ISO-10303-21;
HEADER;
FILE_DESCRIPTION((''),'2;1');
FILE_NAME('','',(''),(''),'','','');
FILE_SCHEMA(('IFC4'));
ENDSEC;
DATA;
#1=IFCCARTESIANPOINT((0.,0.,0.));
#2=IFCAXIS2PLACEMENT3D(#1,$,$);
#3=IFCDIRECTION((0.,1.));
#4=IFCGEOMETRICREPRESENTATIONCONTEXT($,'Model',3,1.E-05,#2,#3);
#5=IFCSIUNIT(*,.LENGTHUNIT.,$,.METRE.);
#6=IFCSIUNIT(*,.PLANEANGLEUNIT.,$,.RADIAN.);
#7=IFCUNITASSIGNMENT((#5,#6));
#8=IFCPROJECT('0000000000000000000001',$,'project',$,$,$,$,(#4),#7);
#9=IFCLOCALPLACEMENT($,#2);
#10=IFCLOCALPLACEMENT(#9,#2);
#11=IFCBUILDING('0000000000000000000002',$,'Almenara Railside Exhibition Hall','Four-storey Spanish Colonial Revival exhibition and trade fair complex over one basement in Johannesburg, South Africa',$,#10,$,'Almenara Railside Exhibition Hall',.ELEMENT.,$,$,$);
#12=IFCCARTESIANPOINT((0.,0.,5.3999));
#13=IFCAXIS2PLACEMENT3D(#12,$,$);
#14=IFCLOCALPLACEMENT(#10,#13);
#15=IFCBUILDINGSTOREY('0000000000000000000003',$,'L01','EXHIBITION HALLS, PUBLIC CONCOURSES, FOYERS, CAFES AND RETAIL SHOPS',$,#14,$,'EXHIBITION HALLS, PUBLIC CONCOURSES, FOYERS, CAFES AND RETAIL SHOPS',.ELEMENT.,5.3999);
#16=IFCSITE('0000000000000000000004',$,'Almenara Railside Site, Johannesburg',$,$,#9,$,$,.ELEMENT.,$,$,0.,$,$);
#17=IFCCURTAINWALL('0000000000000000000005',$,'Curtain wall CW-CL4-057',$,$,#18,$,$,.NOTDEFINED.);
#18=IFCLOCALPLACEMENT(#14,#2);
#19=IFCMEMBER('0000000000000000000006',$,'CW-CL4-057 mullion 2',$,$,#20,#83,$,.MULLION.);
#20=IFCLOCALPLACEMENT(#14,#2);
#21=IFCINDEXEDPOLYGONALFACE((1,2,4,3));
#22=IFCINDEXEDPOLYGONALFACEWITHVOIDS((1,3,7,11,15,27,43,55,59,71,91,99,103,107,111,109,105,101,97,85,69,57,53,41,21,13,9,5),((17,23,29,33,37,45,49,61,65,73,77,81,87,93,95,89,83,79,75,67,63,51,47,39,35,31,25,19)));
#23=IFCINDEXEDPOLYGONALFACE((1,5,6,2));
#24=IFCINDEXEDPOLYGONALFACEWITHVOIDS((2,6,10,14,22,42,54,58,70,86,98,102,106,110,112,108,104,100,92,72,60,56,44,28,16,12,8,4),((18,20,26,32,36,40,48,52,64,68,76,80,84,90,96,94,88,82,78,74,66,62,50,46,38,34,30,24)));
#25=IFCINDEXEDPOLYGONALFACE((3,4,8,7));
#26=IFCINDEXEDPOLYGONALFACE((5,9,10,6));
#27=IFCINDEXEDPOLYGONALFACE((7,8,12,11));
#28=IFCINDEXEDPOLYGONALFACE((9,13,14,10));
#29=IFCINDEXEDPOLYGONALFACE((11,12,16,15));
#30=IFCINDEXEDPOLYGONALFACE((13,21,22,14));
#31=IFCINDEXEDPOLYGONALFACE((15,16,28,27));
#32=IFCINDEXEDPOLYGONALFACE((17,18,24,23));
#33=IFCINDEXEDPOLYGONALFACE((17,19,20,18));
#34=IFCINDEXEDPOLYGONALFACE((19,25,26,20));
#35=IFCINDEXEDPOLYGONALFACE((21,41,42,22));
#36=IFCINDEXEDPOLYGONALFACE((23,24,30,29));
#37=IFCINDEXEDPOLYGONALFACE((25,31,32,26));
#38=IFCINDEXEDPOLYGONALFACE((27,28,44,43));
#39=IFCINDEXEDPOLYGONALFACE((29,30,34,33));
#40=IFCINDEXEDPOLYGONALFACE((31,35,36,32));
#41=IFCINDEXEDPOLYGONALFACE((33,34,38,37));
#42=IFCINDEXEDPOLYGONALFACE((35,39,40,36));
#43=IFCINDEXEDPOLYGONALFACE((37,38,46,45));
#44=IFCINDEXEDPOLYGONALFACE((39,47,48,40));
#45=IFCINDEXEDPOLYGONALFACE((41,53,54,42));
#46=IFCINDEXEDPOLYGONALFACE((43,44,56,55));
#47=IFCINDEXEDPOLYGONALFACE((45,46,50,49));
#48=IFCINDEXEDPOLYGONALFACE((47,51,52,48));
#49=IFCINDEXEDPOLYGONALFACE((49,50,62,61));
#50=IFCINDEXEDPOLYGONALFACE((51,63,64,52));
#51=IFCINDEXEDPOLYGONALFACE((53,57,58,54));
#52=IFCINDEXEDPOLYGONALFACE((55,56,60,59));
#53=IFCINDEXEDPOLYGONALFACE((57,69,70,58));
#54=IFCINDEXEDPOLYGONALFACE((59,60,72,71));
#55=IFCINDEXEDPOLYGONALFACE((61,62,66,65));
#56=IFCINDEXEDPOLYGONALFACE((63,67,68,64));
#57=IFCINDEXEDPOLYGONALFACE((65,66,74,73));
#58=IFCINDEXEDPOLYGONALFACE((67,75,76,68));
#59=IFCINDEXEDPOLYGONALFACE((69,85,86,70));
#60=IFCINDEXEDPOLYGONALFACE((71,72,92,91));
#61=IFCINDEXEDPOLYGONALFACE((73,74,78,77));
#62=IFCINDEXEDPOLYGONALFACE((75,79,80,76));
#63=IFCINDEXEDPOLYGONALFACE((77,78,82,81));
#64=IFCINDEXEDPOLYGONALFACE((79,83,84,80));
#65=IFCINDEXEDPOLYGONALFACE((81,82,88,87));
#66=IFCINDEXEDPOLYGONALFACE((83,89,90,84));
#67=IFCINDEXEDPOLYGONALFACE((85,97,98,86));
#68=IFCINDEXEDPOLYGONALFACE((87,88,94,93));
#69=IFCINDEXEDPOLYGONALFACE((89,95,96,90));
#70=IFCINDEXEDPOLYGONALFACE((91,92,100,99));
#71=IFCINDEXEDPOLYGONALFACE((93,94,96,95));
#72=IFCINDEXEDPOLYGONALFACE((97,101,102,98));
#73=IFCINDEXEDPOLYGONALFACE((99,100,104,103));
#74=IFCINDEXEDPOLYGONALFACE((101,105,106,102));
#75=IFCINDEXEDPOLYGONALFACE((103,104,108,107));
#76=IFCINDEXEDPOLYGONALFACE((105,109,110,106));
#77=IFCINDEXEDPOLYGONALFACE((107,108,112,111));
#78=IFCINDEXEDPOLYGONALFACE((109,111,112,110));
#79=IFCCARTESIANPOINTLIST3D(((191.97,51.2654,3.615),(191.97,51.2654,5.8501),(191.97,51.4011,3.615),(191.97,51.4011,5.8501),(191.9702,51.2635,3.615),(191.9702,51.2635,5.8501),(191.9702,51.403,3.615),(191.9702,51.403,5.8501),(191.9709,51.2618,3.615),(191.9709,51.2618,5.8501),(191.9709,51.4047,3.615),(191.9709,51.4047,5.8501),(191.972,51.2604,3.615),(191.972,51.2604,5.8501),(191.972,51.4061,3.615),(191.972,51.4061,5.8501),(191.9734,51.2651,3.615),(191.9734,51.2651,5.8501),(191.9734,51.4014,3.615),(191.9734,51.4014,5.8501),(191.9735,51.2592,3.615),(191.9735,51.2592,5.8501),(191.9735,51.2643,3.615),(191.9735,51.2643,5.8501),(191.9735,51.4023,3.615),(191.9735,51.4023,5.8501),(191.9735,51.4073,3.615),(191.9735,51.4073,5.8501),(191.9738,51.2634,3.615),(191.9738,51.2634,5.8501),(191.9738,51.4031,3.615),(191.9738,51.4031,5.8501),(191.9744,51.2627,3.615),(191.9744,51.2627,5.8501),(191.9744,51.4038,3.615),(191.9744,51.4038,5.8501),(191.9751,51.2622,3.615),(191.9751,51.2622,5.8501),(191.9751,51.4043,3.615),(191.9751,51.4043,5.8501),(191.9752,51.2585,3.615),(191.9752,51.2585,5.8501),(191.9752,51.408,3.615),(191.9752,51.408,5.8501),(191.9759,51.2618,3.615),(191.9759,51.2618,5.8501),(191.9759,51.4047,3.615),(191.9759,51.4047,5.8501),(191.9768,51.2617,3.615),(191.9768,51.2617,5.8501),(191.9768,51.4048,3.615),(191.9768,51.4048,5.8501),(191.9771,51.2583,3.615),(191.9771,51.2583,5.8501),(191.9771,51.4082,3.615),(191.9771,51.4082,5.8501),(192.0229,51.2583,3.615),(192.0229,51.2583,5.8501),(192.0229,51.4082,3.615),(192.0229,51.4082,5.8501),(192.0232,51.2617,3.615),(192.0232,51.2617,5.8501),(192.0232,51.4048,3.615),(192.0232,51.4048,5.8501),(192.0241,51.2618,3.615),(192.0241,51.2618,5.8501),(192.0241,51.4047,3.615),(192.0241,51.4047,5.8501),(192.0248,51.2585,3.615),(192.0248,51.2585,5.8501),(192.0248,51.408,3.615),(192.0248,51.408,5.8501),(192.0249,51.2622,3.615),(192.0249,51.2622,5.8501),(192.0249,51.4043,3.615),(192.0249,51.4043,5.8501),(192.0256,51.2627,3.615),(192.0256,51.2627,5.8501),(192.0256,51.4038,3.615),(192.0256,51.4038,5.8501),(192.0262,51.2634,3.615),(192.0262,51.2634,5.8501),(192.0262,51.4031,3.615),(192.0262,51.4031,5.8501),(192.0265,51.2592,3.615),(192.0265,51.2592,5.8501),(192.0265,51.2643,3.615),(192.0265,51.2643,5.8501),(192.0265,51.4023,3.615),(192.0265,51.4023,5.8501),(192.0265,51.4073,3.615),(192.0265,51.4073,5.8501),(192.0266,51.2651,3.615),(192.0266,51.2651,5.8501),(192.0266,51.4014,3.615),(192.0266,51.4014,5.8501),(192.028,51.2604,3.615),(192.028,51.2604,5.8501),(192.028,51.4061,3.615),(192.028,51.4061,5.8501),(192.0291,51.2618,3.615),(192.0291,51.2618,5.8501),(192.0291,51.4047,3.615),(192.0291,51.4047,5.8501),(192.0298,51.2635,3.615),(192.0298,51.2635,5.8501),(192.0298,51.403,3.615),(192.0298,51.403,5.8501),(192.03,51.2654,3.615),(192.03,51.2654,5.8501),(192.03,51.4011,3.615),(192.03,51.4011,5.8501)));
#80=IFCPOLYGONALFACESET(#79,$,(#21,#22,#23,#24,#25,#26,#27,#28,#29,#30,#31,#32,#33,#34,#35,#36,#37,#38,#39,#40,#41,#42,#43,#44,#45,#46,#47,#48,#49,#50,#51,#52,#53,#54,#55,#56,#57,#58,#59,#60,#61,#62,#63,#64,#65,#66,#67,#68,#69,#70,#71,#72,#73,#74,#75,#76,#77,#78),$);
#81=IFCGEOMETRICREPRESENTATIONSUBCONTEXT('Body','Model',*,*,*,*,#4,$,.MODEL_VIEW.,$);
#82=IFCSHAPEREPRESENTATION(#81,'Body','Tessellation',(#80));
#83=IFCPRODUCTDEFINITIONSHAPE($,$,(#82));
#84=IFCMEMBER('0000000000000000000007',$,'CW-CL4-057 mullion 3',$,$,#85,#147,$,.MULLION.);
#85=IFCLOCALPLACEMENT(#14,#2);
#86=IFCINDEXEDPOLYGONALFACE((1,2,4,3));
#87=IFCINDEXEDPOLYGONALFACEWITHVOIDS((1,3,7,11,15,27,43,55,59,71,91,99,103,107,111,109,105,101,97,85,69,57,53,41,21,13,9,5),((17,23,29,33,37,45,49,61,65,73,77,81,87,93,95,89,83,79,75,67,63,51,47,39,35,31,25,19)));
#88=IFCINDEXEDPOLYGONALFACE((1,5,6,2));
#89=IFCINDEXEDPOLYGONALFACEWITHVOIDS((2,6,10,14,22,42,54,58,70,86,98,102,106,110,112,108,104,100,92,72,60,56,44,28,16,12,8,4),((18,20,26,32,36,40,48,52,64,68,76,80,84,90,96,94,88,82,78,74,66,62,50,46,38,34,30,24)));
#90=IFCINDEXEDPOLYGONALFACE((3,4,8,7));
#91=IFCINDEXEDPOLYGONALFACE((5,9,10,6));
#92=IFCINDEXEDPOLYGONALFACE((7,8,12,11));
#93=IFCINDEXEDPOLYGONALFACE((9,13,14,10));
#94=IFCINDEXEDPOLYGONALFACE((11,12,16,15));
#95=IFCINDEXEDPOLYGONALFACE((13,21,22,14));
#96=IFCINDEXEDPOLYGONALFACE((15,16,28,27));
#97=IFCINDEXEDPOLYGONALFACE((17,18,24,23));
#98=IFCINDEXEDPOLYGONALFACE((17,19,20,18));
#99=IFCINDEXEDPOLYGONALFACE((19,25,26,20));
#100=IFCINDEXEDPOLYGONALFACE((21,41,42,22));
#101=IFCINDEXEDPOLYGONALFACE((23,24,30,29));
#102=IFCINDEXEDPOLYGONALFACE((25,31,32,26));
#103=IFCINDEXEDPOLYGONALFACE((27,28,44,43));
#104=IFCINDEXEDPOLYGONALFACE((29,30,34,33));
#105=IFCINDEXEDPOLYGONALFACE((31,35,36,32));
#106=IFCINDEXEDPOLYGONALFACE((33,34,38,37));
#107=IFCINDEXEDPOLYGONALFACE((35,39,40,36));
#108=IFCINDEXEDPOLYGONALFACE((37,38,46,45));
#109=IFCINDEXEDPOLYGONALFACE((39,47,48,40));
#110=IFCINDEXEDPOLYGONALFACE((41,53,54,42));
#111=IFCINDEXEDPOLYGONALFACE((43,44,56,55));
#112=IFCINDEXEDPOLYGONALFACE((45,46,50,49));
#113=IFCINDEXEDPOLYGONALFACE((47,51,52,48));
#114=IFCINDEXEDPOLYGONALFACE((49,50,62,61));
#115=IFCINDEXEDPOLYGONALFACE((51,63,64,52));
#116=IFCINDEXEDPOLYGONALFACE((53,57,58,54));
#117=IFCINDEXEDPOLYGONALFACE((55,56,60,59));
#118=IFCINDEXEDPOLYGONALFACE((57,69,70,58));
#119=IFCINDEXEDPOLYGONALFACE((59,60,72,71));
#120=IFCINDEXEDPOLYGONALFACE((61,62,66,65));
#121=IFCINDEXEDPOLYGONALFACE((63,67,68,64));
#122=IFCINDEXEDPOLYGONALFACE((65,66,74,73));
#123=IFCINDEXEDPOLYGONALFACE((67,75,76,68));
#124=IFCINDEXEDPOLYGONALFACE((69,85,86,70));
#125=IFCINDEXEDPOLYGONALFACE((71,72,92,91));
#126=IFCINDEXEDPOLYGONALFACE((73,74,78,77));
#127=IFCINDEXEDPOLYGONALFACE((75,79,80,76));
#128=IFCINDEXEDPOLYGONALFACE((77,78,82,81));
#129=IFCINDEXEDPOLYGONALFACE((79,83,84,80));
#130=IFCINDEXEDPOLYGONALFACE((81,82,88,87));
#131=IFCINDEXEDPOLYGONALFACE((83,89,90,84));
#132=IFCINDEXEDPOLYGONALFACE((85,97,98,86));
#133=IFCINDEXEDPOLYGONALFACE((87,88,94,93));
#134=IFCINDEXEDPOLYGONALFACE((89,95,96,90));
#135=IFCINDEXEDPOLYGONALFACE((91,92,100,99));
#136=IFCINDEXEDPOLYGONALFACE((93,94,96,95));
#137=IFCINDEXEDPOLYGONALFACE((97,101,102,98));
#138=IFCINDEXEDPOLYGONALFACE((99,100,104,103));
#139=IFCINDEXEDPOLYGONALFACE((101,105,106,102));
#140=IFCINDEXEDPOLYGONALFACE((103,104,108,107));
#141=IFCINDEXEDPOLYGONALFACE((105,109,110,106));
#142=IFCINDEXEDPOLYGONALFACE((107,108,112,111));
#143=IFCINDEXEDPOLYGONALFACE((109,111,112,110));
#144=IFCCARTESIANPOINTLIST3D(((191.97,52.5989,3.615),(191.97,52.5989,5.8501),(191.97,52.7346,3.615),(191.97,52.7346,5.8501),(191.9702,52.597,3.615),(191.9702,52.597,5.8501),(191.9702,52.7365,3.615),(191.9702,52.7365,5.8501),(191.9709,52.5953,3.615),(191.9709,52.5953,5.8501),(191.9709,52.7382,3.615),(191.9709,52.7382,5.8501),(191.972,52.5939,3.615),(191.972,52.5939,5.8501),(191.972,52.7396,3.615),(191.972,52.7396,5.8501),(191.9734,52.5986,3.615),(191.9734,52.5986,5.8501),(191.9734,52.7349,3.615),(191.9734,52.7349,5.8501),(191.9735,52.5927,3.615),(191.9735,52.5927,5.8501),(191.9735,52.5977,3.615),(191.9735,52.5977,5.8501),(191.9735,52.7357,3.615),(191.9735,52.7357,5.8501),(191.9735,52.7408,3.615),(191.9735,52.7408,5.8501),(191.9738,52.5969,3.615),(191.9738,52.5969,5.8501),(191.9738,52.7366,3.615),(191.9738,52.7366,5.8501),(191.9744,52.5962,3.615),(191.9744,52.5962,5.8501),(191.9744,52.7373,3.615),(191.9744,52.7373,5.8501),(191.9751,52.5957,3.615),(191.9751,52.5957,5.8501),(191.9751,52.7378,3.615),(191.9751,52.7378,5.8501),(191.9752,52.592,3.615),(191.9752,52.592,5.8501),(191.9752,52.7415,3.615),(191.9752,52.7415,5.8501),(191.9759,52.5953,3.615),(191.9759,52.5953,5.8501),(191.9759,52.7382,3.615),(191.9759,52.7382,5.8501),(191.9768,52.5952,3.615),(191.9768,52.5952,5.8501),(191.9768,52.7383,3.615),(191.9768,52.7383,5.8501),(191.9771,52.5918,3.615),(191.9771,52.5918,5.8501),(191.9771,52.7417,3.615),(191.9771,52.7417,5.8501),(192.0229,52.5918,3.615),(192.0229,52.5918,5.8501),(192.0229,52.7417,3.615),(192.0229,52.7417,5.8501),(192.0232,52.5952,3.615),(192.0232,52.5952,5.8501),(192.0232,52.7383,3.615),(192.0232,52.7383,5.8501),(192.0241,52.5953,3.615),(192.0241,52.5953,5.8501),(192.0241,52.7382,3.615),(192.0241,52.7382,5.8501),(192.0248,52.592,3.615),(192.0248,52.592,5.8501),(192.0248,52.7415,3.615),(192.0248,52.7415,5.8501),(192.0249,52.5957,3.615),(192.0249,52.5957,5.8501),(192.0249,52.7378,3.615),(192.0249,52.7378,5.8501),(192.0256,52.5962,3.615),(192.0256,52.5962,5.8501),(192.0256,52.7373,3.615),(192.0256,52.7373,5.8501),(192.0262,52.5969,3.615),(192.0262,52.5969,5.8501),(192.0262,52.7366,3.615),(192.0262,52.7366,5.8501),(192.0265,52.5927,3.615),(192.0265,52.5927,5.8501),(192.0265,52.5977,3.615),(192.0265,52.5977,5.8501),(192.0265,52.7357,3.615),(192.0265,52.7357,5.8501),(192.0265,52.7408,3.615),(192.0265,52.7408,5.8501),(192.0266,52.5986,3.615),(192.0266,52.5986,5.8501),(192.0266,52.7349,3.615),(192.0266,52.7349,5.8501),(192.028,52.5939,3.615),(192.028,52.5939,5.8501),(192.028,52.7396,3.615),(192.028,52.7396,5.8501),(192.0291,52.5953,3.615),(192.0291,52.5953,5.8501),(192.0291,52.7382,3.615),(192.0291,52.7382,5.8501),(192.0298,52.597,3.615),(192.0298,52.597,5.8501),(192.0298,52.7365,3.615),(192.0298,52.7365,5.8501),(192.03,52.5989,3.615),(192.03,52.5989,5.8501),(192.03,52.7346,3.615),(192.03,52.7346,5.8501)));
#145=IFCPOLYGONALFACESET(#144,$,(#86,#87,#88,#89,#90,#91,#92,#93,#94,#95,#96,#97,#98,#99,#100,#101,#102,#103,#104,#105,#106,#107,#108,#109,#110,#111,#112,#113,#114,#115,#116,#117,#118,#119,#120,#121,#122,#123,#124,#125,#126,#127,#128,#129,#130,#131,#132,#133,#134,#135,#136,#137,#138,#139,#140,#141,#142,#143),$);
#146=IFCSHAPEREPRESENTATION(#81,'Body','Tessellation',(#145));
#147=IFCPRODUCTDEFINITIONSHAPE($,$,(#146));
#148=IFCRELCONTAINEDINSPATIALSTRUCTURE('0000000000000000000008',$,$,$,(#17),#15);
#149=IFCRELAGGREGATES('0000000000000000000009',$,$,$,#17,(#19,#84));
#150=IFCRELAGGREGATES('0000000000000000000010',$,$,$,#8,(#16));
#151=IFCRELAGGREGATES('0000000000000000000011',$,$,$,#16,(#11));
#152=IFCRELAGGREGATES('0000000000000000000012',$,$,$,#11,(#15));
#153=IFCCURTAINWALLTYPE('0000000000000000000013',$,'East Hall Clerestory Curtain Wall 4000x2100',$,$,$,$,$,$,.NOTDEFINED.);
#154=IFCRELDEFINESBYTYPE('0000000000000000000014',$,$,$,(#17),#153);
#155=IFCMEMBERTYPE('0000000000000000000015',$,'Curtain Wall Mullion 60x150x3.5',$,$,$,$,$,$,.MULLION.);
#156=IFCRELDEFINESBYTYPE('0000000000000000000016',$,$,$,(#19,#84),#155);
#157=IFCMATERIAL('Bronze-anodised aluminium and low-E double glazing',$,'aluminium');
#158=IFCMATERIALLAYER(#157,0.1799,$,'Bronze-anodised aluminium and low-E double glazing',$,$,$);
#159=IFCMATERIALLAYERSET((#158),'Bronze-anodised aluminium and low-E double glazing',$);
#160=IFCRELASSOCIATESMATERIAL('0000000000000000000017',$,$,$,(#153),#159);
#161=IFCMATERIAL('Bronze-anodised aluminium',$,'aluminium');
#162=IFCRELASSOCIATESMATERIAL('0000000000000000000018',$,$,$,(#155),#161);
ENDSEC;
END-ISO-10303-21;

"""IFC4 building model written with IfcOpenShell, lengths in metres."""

from ifc_helpers import new_model, si_unit, direction, frame, origin, origin_2d, place, context, subcontext, project, spatial, hollow_rectangle, extrude, material, layer, layer_set, material_profile, profile_set, type_object, element, aggregate, save


model = new_model("IFC4")

# Units and contexts
model_context = context("Model", 3, precision=1e-05, world=origin(), true_north=direction((0.0, 1.0)))
body_context = subcontext(model_context, "Body", "Model", "MODEL_VIEW")
ifc_project = project(units=[si_unit("LENGTHUNIT", "METRE"), si_unit("PLANEANGLEUNIT", "RADIAN")], contexts=[model_context])

# Site, building, storey
site_placement = place(None, origin())
site = spatial("IfcSite", under=ifc_project, at=site_placement, Name="Almenara Railside Site, Johannesburg", CompositionType="ELEMENT", RefElevation=0.0)
building_placement = place(site_placement, origin())
building = spatial("IfcBuilding", under=site, at=building_placement, Name="Almenara Railside Exhibition Hall", Description="Four-storey Spanish Colonial Revival exhibition and trade fair complex over one basement in Johannesburg, South Africa", LongName="Almenara Railside Exhibition Hall", CompositionType="ELEMENT")
storey_placement = place(building_placement, frame((0.0, 0.0, 5.3999)))
storey = spatial("IfcBuildingStorey", under=building, at=storey_placement, Name="L01", Description="EXHIBITION HALLS, PUBLIC CONCOURSES, FOYERS, CAFES AND RETAIL SHOPS", LongName="EXHIBITION HALLS, PUBLIC CONCOURSES, FOYERS, CAFES AND RETAIL SHOPS", CompositionType="ELEMENT", Elevation=5.3999)

# Curtain wall, members
ifc_material_1 = material(Name="Bronze-anodised aluminium and low-E double glazing", Category="aluminium")
ifc_layer_1 = layer(ifc_material_1, 0.1799, Name="Bronze-anodised aluminium and low-E double glazing")
ifc_layer_set_1 = layer_set([ifc_layer_1], Name="Bronze-anodised aluminium and low-E double glazing")
curtain_wall_type = type_object("IfcCurtainWallType", Name="East Hall Clerestory Curtain Wall 4000x2100", PredefinedType="NOTDEFINED", material=ifc_layer_set_1)
ifc_material_2 = material(Name="Bronze-anodised aluminium", Category="aluminium")
curtain_wall_1_placement = place(storey_placement, origin())
curtain_wall_1 = element("IfcCurtainWall", 1, at=curtain_wall_1_placement, inside=storey, type_object=curtain_wall_type, Name="Curtain wall CW-CL4-057", PredefinedType="NOTDEFINED")
ifc_material_profile_1 = material_profile(ifc_material_2, hollow_rectangle(XDim=0.0601, YDim=0.1499, WallThickness=0.0034, InnerFilletRadius=0.0034, OuterFilletRadius=0.0071, at=origin_2d()), Name="ALU-MUL 60x150x3.5")
ifc_profile_set_1 = profile_set([ifc_material_profile_1], Name="Bronze-anodised aluminium")
member_type_1 = type_object("IfcMemberType", Name="Curtain Wall Mullion 60x150x3.5", PredefinedType="MULLION", material=ifc_profile_set_1)
member_1_placement = place(storey_placement, frame((192.0, 51.3333, 3.615), z_axis=(0.0, 0.0, 1.0), x_axis=(-1.0, 0.0, 0.0)))
member_1 = element("IfcMember", 2, at=member_1_placement, type_object=member_type_1, Name="CW-CL4-057 mullion 2", PredefinedType="MULLION", context=body_context, shape_type="SweptSolid", body=[
    extrude(hollow_rectangle(XDim=0.0601, YDim=0.1499, WallThickness=0.0034, InnerFilletRadius=0.0034, OuterFilletRadius=0.0071, at=origin_2d()), origin(), (0.0, 0.0, 1.0), 2.2351),
])
member_2_placement = place(storey_placement, frame((192.0, 52.6667, 3.615), z_axis=(0.0, 0.0, 1.0), x_axis=(-1.0, 0.0, 0.0)))
member_2 = element("IfcMember", 3, at=member_2_placement, type_object=member_type_1, Name="CW-CL4-057 mullion 3", PredefinedType="MULLION", context=body_context, shape_type="SweptSolid", body=[
    extrude(hollow_rectangle(XDim=0.0601, YDim=0.1499, WallThickness=0.0034, InnerFilletRadius=0.0034, OuterFilletRadius=0.0071, at=origin_2d()), origin(), (0.0, 0.0, 1.0), 2.2351),
])

aggregate(curtain_wall_1, [member_1, member_2])

save(model, "model.ifc")
